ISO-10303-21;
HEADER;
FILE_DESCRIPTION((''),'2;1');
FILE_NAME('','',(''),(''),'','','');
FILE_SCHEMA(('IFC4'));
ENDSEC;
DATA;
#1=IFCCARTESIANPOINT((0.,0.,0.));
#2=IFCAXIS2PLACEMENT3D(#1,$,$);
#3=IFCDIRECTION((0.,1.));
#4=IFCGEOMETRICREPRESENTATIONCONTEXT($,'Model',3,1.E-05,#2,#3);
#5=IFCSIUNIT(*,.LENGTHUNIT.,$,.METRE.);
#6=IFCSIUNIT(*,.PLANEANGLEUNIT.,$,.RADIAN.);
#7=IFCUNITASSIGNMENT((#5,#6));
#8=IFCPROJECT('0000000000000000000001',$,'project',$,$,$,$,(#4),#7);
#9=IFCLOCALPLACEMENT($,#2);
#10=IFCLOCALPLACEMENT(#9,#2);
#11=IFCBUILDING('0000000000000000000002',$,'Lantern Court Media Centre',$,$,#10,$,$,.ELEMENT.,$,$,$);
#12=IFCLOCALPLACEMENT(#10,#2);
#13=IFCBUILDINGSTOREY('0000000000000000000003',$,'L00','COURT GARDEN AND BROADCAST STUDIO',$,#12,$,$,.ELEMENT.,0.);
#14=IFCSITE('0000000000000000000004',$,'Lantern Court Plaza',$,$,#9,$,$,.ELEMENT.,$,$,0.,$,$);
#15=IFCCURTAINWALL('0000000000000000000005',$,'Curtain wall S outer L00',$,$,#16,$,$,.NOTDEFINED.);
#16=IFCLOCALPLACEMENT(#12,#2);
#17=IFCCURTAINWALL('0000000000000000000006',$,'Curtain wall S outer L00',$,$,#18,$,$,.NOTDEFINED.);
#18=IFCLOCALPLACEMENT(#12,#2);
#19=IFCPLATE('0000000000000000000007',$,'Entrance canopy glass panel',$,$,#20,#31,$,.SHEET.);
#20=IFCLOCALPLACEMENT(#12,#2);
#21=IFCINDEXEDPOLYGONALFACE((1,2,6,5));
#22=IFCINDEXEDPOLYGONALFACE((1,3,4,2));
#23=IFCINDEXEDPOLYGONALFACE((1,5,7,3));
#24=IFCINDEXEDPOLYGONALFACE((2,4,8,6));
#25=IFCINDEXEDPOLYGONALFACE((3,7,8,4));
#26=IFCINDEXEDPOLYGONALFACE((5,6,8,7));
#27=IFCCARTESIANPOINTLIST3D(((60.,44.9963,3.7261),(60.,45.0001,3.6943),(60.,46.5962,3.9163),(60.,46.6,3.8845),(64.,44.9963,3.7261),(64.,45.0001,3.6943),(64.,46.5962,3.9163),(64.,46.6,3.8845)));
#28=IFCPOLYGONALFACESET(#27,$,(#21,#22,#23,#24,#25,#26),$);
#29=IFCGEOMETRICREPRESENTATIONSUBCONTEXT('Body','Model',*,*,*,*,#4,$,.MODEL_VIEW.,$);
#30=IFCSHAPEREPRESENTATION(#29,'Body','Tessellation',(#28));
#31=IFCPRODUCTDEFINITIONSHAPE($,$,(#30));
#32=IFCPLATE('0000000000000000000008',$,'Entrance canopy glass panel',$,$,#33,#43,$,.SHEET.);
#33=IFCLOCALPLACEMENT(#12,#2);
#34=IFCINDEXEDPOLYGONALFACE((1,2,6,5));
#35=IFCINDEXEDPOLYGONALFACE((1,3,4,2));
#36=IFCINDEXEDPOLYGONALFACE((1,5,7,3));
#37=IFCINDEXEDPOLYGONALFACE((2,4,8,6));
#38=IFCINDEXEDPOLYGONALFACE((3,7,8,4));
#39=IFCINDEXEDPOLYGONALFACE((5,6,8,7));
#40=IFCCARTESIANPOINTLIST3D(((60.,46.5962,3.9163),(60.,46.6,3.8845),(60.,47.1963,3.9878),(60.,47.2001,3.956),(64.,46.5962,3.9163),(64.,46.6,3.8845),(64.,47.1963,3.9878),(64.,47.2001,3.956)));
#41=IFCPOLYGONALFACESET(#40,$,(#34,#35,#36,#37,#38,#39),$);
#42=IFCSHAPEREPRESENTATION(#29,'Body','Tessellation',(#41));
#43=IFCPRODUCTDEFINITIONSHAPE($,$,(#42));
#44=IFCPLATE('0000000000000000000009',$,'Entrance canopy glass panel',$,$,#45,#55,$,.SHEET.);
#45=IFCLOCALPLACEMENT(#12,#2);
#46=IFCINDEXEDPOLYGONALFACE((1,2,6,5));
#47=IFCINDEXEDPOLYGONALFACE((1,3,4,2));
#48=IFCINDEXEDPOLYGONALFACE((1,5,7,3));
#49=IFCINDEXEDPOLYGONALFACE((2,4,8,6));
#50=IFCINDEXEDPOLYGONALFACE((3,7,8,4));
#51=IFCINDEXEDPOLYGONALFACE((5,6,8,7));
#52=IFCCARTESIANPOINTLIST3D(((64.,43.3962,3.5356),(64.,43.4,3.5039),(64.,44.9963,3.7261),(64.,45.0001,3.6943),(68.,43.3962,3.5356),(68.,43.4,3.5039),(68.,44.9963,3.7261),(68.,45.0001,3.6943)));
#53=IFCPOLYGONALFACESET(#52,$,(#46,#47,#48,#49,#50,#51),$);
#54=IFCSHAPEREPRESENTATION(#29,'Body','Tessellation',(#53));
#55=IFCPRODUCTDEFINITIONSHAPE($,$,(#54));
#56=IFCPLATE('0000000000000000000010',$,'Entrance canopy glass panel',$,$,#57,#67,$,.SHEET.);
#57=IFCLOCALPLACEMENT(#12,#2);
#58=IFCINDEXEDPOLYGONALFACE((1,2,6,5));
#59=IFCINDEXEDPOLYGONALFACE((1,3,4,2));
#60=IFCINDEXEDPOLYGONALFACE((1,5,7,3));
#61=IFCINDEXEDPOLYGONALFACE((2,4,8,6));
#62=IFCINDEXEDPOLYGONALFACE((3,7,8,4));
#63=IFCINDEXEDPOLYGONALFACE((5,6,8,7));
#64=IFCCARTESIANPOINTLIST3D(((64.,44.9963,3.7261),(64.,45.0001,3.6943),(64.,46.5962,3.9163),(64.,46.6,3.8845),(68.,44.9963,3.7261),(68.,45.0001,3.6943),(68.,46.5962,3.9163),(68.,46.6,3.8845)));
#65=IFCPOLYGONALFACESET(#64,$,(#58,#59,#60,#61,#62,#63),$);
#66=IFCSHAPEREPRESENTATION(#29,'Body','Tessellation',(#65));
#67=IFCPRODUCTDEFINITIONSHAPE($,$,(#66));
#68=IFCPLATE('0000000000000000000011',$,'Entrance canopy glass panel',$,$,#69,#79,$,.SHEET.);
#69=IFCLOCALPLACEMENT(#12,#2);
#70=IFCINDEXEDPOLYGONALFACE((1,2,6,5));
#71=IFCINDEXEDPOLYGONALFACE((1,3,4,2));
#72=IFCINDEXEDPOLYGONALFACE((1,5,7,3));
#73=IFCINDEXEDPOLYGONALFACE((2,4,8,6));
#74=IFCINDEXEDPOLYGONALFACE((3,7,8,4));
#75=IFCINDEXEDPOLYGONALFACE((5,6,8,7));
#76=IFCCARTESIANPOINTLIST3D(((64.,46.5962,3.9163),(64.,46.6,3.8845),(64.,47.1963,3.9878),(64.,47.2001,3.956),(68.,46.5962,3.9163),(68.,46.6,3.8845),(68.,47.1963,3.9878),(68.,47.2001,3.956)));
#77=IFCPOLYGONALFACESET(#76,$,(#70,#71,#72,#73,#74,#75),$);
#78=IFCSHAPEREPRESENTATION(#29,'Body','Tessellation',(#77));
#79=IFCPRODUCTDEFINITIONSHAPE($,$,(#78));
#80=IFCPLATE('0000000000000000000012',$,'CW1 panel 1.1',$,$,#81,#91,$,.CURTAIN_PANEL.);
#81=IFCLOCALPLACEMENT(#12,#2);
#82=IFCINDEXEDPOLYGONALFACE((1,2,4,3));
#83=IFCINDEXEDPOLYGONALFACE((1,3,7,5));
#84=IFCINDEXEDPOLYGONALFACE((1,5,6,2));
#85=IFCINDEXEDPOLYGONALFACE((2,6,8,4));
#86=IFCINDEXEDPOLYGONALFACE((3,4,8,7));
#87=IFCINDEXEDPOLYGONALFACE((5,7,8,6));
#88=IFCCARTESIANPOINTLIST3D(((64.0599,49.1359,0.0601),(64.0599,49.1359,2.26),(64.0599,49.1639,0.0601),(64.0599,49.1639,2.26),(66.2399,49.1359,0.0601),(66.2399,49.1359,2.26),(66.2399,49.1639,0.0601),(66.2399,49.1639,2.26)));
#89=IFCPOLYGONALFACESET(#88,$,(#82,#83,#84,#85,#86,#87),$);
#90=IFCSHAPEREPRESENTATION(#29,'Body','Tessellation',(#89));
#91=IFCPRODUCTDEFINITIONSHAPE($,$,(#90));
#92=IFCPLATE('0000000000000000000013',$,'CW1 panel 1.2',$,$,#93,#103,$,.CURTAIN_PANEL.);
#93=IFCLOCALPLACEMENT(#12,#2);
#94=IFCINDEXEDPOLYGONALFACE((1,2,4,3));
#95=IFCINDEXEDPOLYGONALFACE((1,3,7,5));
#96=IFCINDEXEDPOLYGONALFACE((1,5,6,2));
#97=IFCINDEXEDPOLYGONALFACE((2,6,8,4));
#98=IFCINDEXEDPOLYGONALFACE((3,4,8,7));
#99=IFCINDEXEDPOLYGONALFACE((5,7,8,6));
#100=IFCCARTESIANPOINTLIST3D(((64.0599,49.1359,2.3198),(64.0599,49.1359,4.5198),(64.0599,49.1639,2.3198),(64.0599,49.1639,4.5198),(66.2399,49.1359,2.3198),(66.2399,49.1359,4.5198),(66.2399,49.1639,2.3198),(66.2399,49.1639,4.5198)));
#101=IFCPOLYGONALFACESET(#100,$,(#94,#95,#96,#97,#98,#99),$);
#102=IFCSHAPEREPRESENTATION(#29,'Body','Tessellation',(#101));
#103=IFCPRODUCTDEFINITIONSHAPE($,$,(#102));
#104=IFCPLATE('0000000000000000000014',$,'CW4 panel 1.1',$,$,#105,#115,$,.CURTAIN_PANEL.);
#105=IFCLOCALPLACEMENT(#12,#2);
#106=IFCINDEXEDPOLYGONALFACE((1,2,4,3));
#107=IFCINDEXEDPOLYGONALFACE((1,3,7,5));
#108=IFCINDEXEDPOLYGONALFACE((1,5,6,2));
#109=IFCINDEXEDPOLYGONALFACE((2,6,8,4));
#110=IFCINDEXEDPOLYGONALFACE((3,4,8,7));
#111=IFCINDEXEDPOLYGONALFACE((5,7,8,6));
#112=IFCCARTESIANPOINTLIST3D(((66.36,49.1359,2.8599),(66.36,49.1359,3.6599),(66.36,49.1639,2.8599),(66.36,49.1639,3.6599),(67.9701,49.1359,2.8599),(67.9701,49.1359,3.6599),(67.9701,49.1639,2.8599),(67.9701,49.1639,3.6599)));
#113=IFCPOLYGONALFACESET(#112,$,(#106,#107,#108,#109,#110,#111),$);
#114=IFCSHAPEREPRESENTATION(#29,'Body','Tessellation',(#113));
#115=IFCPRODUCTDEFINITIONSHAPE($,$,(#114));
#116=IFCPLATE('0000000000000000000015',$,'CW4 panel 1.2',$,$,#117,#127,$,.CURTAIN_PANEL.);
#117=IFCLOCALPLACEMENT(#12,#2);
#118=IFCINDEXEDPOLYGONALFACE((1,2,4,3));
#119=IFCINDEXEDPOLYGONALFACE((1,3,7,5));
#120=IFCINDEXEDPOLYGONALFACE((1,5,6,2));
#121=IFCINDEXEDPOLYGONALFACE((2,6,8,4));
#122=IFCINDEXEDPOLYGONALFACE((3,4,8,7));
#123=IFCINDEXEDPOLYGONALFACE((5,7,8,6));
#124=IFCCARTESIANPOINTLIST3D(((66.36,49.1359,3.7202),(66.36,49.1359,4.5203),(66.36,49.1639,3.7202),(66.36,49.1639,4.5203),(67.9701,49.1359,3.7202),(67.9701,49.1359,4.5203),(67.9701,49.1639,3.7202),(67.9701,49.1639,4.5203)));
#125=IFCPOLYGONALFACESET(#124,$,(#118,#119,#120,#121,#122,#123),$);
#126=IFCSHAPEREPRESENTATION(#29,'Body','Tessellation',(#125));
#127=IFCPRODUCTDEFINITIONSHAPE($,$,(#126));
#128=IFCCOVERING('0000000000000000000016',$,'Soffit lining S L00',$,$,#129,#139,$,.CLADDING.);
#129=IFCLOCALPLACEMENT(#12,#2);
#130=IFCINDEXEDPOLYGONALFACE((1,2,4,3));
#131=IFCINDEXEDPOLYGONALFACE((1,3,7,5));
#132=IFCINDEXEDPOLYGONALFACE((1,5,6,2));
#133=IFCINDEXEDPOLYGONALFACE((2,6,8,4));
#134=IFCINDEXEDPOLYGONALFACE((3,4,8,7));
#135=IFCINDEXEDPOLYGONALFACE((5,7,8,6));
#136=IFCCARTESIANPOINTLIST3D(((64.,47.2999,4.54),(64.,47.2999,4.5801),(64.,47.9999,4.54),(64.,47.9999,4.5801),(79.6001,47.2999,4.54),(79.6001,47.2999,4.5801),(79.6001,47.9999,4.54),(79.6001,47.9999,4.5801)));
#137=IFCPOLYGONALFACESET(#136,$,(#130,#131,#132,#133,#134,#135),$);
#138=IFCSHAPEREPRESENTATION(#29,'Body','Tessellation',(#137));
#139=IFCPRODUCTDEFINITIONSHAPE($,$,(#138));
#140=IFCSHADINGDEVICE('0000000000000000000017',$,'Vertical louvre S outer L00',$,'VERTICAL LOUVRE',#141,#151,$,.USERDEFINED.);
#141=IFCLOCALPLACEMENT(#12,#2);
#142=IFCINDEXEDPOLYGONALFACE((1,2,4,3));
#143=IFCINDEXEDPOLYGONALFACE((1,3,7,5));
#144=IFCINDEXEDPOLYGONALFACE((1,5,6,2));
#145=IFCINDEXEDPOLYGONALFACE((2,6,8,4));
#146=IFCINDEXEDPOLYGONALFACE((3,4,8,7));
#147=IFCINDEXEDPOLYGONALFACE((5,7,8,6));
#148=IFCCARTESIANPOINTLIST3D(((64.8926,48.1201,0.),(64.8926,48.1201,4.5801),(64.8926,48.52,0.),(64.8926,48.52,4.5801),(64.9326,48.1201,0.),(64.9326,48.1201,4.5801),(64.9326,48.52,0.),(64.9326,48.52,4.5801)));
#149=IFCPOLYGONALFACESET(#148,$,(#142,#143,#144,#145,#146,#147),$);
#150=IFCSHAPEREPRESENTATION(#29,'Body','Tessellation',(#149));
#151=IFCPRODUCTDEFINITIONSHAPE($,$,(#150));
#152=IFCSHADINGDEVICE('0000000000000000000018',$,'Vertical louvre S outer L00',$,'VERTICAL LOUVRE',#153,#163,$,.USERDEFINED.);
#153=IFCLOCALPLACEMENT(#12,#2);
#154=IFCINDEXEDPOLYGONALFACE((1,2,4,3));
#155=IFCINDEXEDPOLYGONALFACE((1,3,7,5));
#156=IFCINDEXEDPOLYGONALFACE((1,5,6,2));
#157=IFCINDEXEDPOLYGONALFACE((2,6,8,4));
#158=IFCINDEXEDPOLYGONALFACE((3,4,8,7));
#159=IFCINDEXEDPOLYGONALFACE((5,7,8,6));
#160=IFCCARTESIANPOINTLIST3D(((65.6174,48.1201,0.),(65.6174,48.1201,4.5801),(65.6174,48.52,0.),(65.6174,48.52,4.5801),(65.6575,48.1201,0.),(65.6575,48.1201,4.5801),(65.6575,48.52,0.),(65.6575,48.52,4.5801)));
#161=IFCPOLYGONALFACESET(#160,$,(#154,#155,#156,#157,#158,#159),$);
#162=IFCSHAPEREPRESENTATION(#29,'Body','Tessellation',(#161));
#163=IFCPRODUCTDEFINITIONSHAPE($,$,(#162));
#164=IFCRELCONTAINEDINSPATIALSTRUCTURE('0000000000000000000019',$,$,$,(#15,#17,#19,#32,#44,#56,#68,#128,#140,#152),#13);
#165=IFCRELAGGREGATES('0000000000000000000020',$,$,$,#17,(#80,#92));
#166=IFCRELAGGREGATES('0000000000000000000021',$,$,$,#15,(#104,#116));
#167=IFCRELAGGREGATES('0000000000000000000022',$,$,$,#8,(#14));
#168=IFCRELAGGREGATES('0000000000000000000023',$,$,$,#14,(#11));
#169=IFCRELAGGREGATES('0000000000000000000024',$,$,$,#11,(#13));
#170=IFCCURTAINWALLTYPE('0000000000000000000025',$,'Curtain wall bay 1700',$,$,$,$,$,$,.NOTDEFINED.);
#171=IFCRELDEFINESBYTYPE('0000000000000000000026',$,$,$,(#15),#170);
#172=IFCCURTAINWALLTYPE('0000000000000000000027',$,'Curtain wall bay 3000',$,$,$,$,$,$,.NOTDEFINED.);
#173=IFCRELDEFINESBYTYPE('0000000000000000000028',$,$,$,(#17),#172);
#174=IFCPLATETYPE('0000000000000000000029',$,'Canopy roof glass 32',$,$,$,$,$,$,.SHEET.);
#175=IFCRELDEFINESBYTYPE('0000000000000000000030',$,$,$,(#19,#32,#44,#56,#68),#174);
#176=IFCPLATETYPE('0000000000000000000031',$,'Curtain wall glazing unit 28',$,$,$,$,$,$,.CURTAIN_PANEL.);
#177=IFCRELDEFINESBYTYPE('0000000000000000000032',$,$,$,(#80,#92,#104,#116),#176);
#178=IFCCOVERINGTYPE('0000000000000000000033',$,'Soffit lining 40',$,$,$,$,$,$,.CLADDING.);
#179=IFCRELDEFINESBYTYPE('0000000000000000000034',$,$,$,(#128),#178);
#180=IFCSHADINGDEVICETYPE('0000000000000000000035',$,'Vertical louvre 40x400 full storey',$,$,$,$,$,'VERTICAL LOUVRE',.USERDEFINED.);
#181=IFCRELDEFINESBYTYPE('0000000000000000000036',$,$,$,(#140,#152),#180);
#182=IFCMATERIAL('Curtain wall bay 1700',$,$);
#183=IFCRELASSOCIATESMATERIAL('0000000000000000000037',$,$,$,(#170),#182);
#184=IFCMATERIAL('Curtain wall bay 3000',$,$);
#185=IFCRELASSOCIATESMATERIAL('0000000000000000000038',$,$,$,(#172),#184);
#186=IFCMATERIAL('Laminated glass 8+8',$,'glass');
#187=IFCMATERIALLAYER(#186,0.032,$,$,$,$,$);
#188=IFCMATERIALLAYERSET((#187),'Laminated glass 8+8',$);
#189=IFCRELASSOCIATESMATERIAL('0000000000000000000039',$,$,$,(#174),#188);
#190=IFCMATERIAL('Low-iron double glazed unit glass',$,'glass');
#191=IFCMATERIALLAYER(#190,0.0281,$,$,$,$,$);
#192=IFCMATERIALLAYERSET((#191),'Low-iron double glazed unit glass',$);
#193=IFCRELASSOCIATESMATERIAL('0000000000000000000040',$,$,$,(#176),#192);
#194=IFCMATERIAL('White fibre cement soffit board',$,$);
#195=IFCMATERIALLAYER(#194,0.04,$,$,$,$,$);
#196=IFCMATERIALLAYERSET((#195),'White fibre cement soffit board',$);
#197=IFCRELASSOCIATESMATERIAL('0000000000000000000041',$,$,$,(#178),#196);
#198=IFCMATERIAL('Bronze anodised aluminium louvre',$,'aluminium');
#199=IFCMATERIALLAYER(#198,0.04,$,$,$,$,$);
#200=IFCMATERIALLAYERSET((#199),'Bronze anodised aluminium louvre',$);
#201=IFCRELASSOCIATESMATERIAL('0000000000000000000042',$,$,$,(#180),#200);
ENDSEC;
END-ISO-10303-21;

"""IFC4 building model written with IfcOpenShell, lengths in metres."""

from ifc_helpers import new_model, si_unit, direction, frame, frame_2d, origin, origin_2d, place, context, subcontext, project, spatial, polyline, rectangle, outline, extrude, material, layer, layer_set, type_object, element, aggregate, save


model = new_model("IFC4")

# Units and contexts
model_context = context("Model", 3, precision=1e-05, world=origin(), true_north=direction((0.0, 1.0)))
body_context = subcontext(model_context, "Body", "Model", "MODEL_VIEW")
ifc_project = project(units=[si_unit("LENGTHUNIT", "METRE"), si_unit("PLANEANGLEUNIT", "RADIAN")], contexts=[model_context])

# Site, building, storey
site_placement = place(None, origin())
site = spatial("IfcSite", under=ifc_project, at=site_placement, Name="Lantern Court Plaza", CompositionType="ELEMENT", RefElevation=0.0)
building_placement = place(site_placement, origin())
building = spatial("IfcBuilding", under=site, at=building_placement, Name="Lantern Court Media Centre", CompositionType="ELEMENT")
storey_placement = place(building_placement, origin())
storey = spatial("IfcBuildingStorey", under=building, at=storey_placement, Name="L00", Description="COURT GARDEN AND BROADCAST STUDIO", CompositionType="ELEMENT", Elevation=0.0)

# Curtain wall
ifc_material_1 = material(Name="Curtain wall bay 1700")
curtain_wall_type_1 = type_object("IfcCurtainWallType", Name="Curtain wall bay 1700", PredefinedType="NOTDEFINED", material=ifc_material_1)
curtain_wall_1_placement = place(storey_placement, origin())
curtain_wall_1 = element("IfcCurtainWall", 1, at=curtain_wall_1_placement, inside=storey, type_object=curtain_wall_type_1, Name="Curtain wall S outer L00", PredefinedType="NOTDEFINED")

# Curtain wall
ifc_material_2 = material(Name="Curtain wall bay 3000")
curtain_wall_type_2 = type_object("IfcCurtainWallType", Name="Curtain wall bay 3000", PredefinedType="NOTDEFINED", material=ifc_material_2)
curtain_wall_2_placement = place(storey_placement, origin())
curtain_wall_2 = element("IfcCurtainWall", 2, at=curtain_wall_2_placement, inside=storey, type_object=curtain_wall_type_2, Name="Curtain wall S outer L00", PredefinedType="NOTDEFINED")

# Plates
ifc_material_3 = material(Name="Laminated glass 8+8", Category="glass")
ifc_layer_1 = layer(ifc_material_3, 0.032)
ifc_layer_set_1 = layer_set([ifc_layer_1], Name="Laminated glass 8+8")
plate_type_1 = type_object("IfcPlateType", Name="Canopy roof glass 32", PredefinedType="SHEET", material=ifc_layer_set_1)
plate_1_placement = place(storey_placement, frame((60.0, 44.9963, 3.7261), z_axis=(0.0, -0.118046, 0.993008), x_axis=(1.0, 0.0, 0.0)))
element("IfcPlate", 3, at=plate_1_placement, inside=storey, type_object=plate_type_1, Name="Entrance canopy glass panel", PredefinedType="SHEET", context=body_context, shape_type="SweptSolid", body=[
    extrude(outline(polyline([(0.0, 0.0), (4.0, 0.0), (4.0, 1.6111), (0.0, 1.6111), (0.0, 0.0)])), origin(), (0.0, 0.0, -1.0), 0.032),
])
plate_2_placement = place(storey_placement, frame((60.0, 46.5962, 3.9163), z_axis=(0.0, -0.118365, 0.99297), x_axis=(1.0, 0.0, 0.0)))
element("IfcPlate", 4, at=plate_2_placement, inside=storey, type_object=plate_type_1, Name="Entrance canopy glass panel", PredefinedType="SHEET", context=body_context, shape_type="SweptSolid", body=[
    extrude(outline(polyline([(0.0, 0.0), (4.0, 0.0), (4.0, 0.6043), (0.0, 0.6043), (0.0, 0.0)])), origin(), (0.0, 0.0, -1.0), 0.032),
])
plate_3_placement = place(storey_placement, frame((64.0, 43.3962, 3.5356), z_axis=(0.0, -0.118177, 0.992993), x_axis=(1.0, 0.0, 0.0)))
element("IfcPlate", 5, at=plate_3_placement, inside=storey, type_object=plate_type_1, Name="Entrance canopy glass panel", PredefinedType="SHEET", context=body_context, shape_type="SweptSolid", body=[
    extrude(outline(polyline([(0.0, 0.0), (4.0, 0.0), (4.0, 1.6114), (0.0, 1.6114), (0.0, 0.0)])), origin(), (0.0, 0.0, -1.0), 0.032),
])
plate_4_placement = place(storey_placement, frame((64.0, 44.9963, 3.7261), z_axis=(0.0, -0.118046, 0.993008), x_axis=(1.0, 0.0, 0.0)))
element("IfcPlate", 6, at=plate_4_placement, inside=storey, type_object=plate_type_1, Name="Entrance canopy glass panel", PredefinedType="SHEET", context=body_context, shape_type="SweptSolid", body=[
    extrude(outline(polyline([(0.0, 0.0), (4.0, 0.0), (4.0, 1.6111), (0.0, 1.6111), (0.0, 0.0)])), origin(), (0.0, 0.0, -1.0), 0.032),
])
plate_5_placement = place(storey_placement, frame((64.0, 46.5962, 3.9163), z_axis=(0.0, -0.118365, 0.99297), x_axis=(1.0, 0.0, 0.0)))
element("IfcPlate", 7, at=plate_5_placement, inside=storey, type_object=plate_type_1, Name="Entrance canopy glass panel", PredefinedType="SHEET", context=body_context, shape_type="SweptSolid", body=[
    extrude(outline(polyline([(0.0, 0.0), (4.0, 0.0), (4.0, 0.6043), (0.0, 0.6043), (0.0, 0.0)])), origin(), (0.0, 0.0, -1.0), 0.032),
])

# Plates
ifc_material_4 = material(Name="Low-iron double glazed unit glass", Category="glass")
ifc_layer_2 = layer(ifc_material_4, 0.0281)
ifc_layer_set_2 = layer_set([ifc_layer_2], Name="Low-iron double glazed unit glass")
plate_type_2 = type_object("IfcPlateType", Name="Curtain wall glazing unit 28", PredefinedType="CURTAIN_PANEL", material=ifc_layer_set_2)
plate_6_placement = place(storey_placement, frame((65.1499, 49.1499, 0.0601), z_axis=(0.0, 0.0, 1.0), x_axis=(1.0, 0.0, 0.0)))
plate_6 = element("IfcPlate", 8, at=plate_6_placement, type_object=plate_type_2, Name="CW1 panel 1.1", PredefinedType="CURTAIN_PANEL", context=body_context, shape_type="SweptSolid", body=[
    extrude(rectangle(XDim=2.1799, YDim=0.0281, at=origin_2d()), origin(), (0.0, 0.0, 1.0), 2.2),
])
plate_7_placement = place(storey_placement, frame((65.1499, 49.1499, 2.3198), z_axis=(0.0, 0.0, 1.0), x_axis=(1.0, 0.0, 0.0)))
plate_7 = element("IfcPlate", 9, at=plate_7_placement, type_object=plate_type_2, Name="CW1 panel 1.2", PredefinedType="CURTAIN_PANEL", context=body_context, shape_type="SweptSolid", body=[
    extrude(rectangle(XDim=2.1799, YDim=0.0281, at=origin_2d()), origin(), (0.0, 0.0, 1.0), 2.2),
])
aggregate(curtain_wall_2, [plate_6, plate_7])
plate_8_placement = place(storey_placement, frame((67.165, 49.1499, 2.8599), z_axis=(0.0, 0.0, 1.0), x_axis=(1.0, 0.0, 0.0)))
plate_8 = element("IfcPlate", 10, at=plate_8_placement, type_object=plate_type_2, Name="CW4 panel 1.1", PredefinedType="CURTAIN_PANEL", context=body_context, shape_type="SweptSolid", body=[
    extrude(rectangle(XDim=1.6101, YDim=0.0281, at=origin_2d()), origin(), (0.0, 0.0, 1.0), 0.8),
])
plate_9_placement = place(storey_placement, frame((67.165, 49.1499, 3.7202), z_axis=(0.0, 0.0, 1.0), x_axis=(1.0, 0.0, 0.0)))
plate_9 = element("IfcPlate", 11, at=plate_9_placement, type_object=plate_type_2, Name="CW4 panel 1.2", PredefinedType="CURTAIN_PANEL", context=body_context, shape_type="SweptSolid", body=[
    extrude(rectangle(XDim=1.6101, YDim=0.0281, at=origin_2d()), origin(), (0.0, 0.0, 1.0), 0.8),
])
aggregate(curtain_wall_1, [plate_8, plate_9])

# Covering
ifc_material_5 = material(Name="White fibre cement soffit board")
ifc_layer_3 = layer(ifc_material_5, 0.04)
ifc_layer_set_3 = layer_set([ifc_layer_3], Name="White fibre cement soffit board")
covering_type = type_object("IfcCoveringType", Name="Soffit lining 40", PredefinedType="CLADDING", material=ifc_layer_set_3)
covering_placement = place(storey_placement, frame((64.0, 47.6499, 4.54), z_axis=(0.0, 0.0, 1.0), x_axis=(1.0, 0.0, 0.0)))
element("IfcCovering", 12, at=covering_placement, inside=storey, type_object=covering_type, Name="Soffit lining S L00", PredefinedType="CLADDING", context=body_context, shape_type="SweptSolid", body=[
    extrude(rectangle(XDim=15.6001, YDim=0.7, at=frame_2d((7.8, 0.0))), origin(), (0.0, 0.0, 1.0), 0.04),
])

# Shading devices
ifc_material_6 = material(Name="Bronze anodised aluminium louvre", Category="aluminium")
ifc_layer_4 = layer(ifc_material_6, 0.04)
ifc_layer_set_4 = layer_set([ifc_layer_4], Name="Bronze anodised aluminium louvre")
shading_device_type = type_object("IfcShadingDeviceType", Name="Vertical louvre 40x400 full storey", ElementType="VERTICAL LOUVRE", PredefinedType="USERDEFINED", material=ifc_layer_set_4)
for number, where, z_axis, x_axis, name in (
    (13, (64.9126, 48.3201, 0.0), (0.0, 0.0, 1.0), (1.0, 0.0, 0.0), "Vertical louvre S outer L00"),
    (14, (65.6375, 48.3201, 0.0), (0.0, 0.0, 1.0), (1.0, 0.0, 0.0), "Vertical louvre S outer L00"),
):
    element("IfcShadingDevice", number, at=place(storey_placement, frame(where, z_axis=z_axis, x_axis=x_axis)), inside=storey, type_object=shading_device_type, Name=name, ObjectType="VERTICAL LOUVRE", PredefinedType="USERDEFINED", context=body_context, shape_type="SweptSolid", body=[
        extrude(rectangle(XDim=0.04, YDim=0.3999, at=origin_2d()), origin(), (0.0, 0.0, 1.0), 4.5801),
    ])

save(model, "model.ifc")
